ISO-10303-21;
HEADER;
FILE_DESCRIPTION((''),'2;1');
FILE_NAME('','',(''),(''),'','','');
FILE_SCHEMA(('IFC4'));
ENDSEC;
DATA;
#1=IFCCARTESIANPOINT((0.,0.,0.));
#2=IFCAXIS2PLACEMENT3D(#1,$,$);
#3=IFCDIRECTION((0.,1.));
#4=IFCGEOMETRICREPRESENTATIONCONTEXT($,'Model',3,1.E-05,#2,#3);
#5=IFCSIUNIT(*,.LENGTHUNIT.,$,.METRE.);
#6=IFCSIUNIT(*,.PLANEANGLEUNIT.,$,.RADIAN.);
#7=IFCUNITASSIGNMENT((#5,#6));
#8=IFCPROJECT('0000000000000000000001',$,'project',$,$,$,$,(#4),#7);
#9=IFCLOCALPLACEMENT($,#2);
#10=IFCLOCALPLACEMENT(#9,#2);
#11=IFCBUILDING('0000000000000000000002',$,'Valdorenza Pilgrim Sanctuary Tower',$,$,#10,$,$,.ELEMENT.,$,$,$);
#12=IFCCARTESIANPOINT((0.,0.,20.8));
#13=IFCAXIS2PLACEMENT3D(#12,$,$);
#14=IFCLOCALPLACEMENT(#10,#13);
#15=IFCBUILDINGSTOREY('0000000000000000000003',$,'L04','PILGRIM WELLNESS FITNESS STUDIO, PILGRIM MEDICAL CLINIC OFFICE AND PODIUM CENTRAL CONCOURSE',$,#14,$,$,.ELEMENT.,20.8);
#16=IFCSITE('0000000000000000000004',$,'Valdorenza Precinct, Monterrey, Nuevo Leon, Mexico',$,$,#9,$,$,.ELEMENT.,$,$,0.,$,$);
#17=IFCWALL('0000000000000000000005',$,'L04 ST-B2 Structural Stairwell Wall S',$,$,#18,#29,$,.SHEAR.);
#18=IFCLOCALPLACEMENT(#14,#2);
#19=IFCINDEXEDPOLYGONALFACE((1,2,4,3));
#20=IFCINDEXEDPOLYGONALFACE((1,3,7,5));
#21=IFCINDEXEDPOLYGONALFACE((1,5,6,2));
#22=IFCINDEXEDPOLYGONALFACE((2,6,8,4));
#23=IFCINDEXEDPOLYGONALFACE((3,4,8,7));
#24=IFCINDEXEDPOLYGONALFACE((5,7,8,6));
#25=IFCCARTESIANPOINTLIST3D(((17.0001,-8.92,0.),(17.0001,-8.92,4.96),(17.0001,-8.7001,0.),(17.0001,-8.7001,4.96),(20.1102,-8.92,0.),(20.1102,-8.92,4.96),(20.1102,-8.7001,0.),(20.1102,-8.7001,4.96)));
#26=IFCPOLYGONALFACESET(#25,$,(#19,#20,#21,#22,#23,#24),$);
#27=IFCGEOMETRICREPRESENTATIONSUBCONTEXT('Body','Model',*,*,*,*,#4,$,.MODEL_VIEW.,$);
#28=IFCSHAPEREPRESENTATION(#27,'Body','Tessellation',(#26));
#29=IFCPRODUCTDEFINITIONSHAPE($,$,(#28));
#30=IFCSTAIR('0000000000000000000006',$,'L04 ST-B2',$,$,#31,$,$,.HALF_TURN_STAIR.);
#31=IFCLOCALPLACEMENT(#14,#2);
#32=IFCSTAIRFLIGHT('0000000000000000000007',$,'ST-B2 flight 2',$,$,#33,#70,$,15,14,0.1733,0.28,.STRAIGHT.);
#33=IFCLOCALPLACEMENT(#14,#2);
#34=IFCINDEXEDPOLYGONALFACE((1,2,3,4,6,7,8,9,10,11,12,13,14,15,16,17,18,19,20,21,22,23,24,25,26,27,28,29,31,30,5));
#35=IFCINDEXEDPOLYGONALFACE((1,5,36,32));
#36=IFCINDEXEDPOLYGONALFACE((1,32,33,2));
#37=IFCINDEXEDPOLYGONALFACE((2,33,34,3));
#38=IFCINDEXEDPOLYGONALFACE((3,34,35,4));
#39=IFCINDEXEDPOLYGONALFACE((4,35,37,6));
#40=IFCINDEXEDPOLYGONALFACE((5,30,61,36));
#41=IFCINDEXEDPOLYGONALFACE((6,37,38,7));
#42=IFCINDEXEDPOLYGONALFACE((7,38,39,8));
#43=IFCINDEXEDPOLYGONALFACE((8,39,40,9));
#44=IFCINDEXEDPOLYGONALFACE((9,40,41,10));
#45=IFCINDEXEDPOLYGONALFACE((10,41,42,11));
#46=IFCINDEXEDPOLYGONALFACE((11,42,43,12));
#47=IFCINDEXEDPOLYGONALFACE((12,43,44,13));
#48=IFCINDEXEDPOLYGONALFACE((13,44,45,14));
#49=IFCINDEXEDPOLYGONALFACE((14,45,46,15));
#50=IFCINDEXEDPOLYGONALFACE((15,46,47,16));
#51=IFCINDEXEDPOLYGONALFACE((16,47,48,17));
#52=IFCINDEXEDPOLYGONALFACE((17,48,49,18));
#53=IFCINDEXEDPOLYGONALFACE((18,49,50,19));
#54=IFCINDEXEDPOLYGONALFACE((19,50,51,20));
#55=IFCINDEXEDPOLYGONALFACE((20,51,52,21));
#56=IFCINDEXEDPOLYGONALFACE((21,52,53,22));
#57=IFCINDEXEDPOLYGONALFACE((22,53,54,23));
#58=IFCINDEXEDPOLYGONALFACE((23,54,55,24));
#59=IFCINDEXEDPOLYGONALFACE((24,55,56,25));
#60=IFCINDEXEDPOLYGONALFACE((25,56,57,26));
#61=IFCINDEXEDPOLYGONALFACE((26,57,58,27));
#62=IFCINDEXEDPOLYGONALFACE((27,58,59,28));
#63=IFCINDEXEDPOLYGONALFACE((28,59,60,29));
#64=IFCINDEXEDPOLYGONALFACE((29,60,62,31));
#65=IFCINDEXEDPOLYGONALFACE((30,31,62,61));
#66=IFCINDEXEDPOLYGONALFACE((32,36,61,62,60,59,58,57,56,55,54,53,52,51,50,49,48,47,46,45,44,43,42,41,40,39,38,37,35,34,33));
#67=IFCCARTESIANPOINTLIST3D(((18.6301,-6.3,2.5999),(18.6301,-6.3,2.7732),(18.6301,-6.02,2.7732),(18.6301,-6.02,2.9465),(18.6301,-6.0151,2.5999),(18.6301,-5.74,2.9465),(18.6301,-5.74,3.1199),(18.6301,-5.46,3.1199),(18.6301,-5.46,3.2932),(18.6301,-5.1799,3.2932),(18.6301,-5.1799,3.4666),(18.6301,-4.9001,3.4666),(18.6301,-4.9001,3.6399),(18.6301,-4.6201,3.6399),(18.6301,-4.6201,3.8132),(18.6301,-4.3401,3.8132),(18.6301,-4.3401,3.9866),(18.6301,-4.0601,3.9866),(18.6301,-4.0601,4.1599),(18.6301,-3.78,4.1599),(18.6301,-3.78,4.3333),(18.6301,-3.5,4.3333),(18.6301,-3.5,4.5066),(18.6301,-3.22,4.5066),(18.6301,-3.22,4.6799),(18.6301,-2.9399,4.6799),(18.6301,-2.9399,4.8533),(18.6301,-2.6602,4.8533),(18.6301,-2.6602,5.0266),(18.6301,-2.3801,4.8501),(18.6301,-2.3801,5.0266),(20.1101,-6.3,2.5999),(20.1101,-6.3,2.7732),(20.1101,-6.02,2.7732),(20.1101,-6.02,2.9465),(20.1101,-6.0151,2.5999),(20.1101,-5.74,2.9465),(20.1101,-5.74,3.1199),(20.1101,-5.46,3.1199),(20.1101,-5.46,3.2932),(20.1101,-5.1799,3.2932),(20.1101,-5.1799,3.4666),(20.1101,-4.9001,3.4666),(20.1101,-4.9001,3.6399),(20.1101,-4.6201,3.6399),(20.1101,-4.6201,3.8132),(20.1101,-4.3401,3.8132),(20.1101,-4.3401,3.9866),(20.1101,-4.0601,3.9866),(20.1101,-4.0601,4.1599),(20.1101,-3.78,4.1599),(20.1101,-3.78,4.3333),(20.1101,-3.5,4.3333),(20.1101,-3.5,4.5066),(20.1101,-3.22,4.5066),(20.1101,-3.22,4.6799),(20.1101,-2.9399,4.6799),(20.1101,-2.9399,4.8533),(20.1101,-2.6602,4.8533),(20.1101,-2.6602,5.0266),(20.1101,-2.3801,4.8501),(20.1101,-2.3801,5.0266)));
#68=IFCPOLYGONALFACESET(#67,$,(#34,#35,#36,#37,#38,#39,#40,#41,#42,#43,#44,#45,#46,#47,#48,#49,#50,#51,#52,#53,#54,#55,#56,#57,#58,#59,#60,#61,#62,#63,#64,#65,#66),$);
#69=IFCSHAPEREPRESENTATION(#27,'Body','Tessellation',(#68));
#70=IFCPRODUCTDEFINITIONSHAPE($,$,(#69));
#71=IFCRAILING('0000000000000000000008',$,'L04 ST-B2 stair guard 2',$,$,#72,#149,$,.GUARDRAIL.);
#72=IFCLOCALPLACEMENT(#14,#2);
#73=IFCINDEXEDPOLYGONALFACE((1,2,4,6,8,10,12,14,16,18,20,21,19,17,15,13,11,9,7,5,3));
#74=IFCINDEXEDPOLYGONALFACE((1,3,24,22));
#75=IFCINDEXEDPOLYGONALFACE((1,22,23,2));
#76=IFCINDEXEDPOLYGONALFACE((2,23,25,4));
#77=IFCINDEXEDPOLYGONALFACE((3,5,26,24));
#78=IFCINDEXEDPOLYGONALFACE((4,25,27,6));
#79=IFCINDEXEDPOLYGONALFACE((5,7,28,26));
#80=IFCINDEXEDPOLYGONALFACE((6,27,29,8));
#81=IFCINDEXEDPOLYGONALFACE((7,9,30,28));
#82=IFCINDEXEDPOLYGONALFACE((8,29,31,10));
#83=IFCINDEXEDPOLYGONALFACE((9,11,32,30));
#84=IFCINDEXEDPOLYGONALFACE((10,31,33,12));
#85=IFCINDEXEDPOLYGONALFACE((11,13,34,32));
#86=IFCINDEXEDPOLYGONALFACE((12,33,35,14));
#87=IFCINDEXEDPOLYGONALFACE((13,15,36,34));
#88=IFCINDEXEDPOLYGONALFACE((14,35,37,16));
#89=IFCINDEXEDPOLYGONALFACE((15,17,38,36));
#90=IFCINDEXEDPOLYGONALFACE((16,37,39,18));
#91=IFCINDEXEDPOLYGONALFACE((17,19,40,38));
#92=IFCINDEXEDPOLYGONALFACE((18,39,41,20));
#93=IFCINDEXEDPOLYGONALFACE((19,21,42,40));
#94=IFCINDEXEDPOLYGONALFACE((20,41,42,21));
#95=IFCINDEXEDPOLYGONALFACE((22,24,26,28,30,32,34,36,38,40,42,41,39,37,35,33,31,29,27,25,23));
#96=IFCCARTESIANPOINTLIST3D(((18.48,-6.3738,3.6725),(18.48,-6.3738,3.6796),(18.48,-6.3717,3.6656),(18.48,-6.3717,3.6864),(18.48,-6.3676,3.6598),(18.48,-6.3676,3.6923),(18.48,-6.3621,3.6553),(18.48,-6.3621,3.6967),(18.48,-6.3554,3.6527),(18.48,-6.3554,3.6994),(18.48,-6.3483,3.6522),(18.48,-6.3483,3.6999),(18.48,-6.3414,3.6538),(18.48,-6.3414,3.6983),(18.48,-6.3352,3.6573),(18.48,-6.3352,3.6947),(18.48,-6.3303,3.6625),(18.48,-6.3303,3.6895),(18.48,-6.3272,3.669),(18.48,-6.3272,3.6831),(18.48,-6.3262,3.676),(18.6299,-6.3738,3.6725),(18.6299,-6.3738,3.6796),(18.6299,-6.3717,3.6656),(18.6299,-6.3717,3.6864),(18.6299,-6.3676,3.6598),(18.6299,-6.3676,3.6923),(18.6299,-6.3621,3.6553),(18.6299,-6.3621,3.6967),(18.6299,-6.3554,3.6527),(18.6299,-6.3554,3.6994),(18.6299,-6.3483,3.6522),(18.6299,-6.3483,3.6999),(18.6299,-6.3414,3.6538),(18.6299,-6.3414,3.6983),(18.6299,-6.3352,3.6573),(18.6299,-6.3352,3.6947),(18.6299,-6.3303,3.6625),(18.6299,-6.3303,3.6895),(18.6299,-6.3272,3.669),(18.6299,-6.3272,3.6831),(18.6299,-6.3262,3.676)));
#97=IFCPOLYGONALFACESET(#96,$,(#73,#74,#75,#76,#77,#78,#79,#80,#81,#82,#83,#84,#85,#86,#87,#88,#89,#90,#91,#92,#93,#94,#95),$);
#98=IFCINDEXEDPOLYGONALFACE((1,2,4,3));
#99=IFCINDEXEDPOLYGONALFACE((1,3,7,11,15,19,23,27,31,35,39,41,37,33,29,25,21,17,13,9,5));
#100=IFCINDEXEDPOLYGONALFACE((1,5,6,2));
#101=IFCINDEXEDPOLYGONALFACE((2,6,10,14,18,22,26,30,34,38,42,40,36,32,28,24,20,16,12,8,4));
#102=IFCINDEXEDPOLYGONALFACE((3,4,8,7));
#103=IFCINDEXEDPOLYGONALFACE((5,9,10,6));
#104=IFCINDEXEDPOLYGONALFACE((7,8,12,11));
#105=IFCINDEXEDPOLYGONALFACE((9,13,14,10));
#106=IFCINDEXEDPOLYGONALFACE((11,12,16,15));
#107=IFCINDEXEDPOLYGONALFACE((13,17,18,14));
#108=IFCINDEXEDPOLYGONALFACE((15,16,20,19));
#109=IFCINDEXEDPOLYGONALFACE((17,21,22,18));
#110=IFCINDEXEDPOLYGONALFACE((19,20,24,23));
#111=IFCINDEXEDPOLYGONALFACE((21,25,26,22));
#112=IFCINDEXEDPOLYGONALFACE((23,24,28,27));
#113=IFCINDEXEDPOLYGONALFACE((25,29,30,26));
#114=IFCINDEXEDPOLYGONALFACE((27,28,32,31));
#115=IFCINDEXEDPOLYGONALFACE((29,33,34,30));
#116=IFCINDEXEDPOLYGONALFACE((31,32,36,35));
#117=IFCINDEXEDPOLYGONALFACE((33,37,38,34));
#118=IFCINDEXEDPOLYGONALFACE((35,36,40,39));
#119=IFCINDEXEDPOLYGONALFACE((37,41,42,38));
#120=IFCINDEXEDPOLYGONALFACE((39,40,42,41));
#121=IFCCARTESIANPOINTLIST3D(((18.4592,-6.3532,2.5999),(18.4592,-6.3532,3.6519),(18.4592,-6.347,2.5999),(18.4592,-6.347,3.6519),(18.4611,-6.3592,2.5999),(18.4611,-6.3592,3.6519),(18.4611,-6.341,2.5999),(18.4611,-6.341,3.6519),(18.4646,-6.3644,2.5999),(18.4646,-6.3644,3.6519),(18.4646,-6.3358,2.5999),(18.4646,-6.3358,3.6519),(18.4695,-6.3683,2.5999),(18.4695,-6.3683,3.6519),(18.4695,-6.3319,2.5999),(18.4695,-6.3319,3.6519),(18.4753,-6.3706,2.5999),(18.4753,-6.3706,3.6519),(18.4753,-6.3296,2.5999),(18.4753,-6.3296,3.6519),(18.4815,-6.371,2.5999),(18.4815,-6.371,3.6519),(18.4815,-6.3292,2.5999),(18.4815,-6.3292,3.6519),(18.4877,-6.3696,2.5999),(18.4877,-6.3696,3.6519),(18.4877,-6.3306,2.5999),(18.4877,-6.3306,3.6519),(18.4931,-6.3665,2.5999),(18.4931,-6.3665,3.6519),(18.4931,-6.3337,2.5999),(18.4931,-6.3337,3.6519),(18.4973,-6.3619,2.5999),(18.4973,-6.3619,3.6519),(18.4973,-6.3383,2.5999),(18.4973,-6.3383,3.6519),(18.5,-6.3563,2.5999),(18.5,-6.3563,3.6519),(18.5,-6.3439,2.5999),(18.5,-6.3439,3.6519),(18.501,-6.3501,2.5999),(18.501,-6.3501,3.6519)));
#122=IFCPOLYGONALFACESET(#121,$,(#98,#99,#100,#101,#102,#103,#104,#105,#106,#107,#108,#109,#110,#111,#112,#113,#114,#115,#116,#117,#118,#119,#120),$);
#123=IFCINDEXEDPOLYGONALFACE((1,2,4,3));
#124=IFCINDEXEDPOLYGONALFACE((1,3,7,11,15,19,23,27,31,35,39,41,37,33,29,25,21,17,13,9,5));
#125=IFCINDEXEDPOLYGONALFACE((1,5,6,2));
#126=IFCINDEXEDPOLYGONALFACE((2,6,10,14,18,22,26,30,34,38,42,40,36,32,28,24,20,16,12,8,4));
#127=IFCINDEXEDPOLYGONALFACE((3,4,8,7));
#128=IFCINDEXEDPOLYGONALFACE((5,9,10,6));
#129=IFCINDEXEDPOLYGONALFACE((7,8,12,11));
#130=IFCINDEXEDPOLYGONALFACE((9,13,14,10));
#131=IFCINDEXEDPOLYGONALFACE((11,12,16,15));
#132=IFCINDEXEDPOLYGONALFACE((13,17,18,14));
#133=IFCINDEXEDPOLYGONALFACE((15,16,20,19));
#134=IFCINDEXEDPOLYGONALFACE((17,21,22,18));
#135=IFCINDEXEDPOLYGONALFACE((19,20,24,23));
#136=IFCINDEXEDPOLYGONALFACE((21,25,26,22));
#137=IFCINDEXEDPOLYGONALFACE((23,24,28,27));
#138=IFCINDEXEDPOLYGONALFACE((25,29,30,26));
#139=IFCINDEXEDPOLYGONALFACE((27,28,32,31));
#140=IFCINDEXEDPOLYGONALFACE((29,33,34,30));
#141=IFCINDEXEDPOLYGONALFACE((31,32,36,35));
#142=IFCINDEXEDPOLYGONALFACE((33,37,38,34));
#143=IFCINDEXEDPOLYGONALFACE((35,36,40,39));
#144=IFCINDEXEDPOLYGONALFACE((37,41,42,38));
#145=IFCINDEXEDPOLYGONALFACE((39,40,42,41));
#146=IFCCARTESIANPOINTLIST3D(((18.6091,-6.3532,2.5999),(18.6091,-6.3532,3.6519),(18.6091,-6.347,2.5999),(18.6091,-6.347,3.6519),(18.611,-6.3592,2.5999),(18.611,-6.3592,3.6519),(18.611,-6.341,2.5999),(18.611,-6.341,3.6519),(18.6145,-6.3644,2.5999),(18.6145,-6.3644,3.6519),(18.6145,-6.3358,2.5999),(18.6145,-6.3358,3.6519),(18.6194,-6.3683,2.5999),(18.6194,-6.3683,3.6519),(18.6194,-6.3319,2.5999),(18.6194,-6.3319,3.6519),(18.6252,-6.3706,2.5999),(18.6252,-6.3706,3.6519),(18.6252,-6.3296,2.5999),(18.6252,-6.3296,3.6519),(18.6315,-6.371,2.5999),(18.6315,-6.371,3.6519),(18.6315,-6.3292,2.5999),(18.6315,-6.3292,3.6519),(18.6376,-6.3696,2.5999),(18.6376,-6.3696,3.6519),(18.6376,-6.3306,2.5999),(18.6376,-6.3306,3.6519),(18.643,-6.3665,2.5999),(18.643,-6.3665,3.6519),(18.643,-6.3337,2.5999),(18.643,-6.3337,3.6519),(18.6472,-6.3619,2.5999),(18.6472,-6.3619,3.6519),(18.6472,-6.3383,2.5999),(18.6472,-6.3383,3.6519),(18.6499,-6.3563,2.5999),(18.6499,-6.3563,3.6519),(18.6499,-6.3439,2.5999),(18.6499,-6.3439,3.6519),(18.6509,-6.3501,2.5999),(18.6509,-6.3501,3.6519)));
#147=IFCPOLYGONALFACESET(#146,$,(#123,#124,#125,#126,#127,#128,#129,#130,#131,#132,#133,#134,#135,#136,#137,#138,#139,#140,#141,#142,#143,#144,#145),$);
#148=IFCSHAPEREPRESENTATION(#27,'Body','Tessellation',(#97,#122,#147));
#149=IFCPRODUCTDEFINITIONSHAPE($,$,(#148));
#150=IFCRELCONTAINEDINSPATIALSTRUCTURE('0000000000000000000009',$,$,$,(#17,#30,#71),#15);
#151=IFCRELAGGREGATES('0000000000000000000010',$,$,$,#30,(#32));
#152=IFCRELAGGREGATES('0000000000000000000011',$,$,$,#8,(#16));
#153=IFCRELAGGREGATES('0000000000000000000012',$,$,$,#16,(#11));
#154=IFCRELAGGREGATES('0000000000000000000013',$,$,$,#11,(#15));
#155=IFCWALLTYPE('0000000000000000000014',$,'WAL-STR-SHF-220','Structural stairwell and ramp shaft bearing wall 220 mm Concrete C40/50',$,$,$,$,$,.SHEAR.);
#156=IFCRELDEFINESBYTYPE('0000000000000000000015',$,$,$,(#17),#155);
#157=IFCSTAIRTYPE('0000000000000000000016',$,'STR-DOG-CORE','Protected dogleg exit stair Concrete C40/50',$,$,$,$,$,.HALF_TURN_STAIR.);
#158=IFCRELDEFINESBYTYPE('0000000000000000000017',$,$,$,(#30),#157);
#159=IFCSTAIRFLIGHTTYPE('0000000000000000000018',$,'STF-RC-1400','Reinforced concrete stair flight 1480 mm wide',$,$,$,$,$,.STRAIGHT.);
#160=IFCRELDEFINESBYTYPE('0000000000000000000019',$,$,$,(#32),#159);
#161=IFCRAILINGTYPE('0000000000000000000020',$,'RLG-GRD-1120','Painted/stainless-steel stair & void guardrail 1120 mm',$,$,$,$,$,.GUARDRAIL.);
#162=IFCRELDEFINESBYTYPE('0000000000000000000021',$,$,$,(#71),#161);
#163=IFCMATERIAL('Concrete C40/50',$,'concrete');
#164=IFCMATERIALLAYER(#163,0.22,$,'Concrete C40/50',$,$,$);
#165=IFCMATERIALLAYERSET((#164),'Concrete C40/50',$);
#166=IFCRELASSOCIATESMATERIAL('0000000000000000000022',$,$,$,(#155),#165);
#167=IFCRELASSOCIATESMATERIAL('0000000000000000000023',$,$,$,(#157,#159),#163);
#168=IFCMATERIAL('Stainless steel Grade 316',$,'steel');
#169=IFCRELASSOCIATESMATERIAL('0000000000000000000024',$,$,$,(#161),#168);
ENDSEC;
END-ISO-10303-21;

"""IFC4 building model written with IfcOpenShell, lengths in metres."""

from ifc_helpers import new_model, si_unit, direction, frame, frame_2d, origin, origin_2d, place, context, subcontext, project, spatial, polyline, rectangle, circle, outline, extrude, material, layer, layer_set, type_object, element, aggregate, save


model = new_model("IFC4")

# Units and contexts
model_context = context("Model", 3, precision=1e-05, world=origin(), true_north=direction((0.0, 1.0)))
body_context = subcontext(model_context, "Body", "Model", "MODEL_VIEW")
ifc_project = project(units=[si_unit("LENGTHUNIT", "METRE"), si_unit("PLANEANGLEUNIT", "RADIAN")], contexts=[model_context])

# Site, building, storey
site_placement = place(None, origin())
site = spatial("IfcSite", under=ifc_project, at=site_placement, Name="Valdorenza Precinct, Monterrey, Nuevo Leon, Mexico", CompositionType="ELEMENT", RefElevation=0.0)
building_placement = place(site_placement, origin())
building = spatial("IfcBuilding", under=site, at=building_placement, Name="Valdorenza Pilgrim Sanctuary Tower", CompositionType="ELEMENT")
storey_placement = place(building_placement, frame((0.0, 0.0, 20.8)))
storey = spatial("IfcBuildingStorey", under=building, at=storey_placement, Name="L04", Description="PILGRIM WELLNESS FITNESS STUDIO, PILGRIM MEDICAL CLINIC OFFICE AND PODIUM CENTRAL CONCOURSE", CompositionType="ELEMENT", Elevation=20.8)

# Wall
ifc_material_1 = material(Name="Concrete C40/50", Category="concrete")
ifc_layer_1 = layer(ifc_material_1, 0.22, Name="Concrete C40/50")
ifc_layer_set_1 = layer_set([ifc_layer_1], Name="Concrete C40/50")
wall_type_1 = type_object("IfcWallType", Name="WAL-STR-SHF-220", Description="Structural stairwell and ramp shaft bearing wall 220 mm Concrete C40/50", PredefinedType="SHEAR", material=ifc_layer_set_1)
wall_1_placement = place(storey_placement, frame((17.0, -8.8101, 0.0), z_axis=(0.0, 0.0, 1.0), x_axis=(1.0, 0.0, 0.0)))
element("IfcWall", 1, at=wall_1_placement, inside=storey, type_object=wall_type_1, Name="L04 ST-B2 Structural Stairwell Wall S", PredefinedType="SHEAR", context=body_context, shape_type="SweptSolid", body=[
    extrude(rectangle(XDim=3.1101, YDim=0.22, at=frame_2d((1.5552, 0.0))), origin(), (0.0, 0.0, 1.0), 4.96),
])

# Stair, stair flight
stair_type = type_object("IfcStairType", Name="STR-DOG-CORE", Description="Protected dogleg exit stair Concrete C40/50", PredefinedType="HALF_TURN_STAIR", material=ifc_material_1)
stair_placement = place(storey_placement, origin())
stair = element("IfcStair", 2, at=stair_placement, inside=storey, type_object=stair_type, Name="L04 ST-B2", PredefinedType="HALF_TURN_STAIR")
stair_flight_type = type_object("IfcStairFlightType", Name="STF-RC-1400", Description="Reinforced concrete stair flight 1480 mm wide", PredefinedType="STRAIGHT", material=ifc_material_1)
stair_flight_placement = place(storey_placement, frame((19.3701, -6.3, 2.5999), z_axis=(0.0, 0.0, 1.0), x_axis=(0.0, 1.0, 0.0)))
stair_flight = element("IfcStairFlight", 3, at=stair_flight_placement, type_object=stair_flight_type, Name="ST-B2 flight 2", NumberOfRisers=15, NumberOfTreads=14, PredefinedType="STRAIGHT", RiserHeight=0.1733, TreadLength=0.28, context=body_context, shape_type="SweptSolid", body=[
    extrude(outline(polyline([(0.0, 0.0), (0.0, 0.1733), (0.28, 0.1733), (0.28, 0.3467), (0.5601, 0.3467), (0.5601, 0.52), (0.8401, 0.52), (0.8401, 0.6934), (1.1201, 0.6934), (1.1201, 0.8667), (1.3999, 0.8667), (1.3999, 1.04), (1.6799, 1.04), (1.6799, 1.2134), (1.96, 1.2134), (1.96, 1.3867), (2.24, 1.3867), (2.24, 1.5601), (2.52, 1.5601), (2.52, 1.7334), (2.8, 1.7334), (2.8, 1.9067), (3.0801, 1.9067), (3.0801, 2.0801), (3.3601, 2.0801), (3.3601, 2.2534), (3.6399, 2.2534), (3.6399, 2.4268), (3.9199, 2.4268), (3.9199, 2.6001), (3.9199, 2.2502), (0.2849, 0.0), (0.0, 0.0)])), frame((0.0, 0.74, 0.0), z_axis=(0.0, -1.0, 0.0), x_axis=(1.0, 0.0, 0.0)), (0.0, 0.0, 1.0), 1.48),
])
aggregate(stair, [stair_flight])

# Railing
ifc_material_2 = material(Name="Stainless steel Grade 316", Category="steel")
railing_type_1 = type_object("IfcRailingType", Name="RLG-GRD-1120", Description="Painted/stainless-steel stair & void guardrail 1120 mm", PredefinedType="GUARDRAIL", material=ifc_material_2)
railing_1_placement = place(storey_placement, frame((18.48, -6.3501, 2.5999)))
element("IfcRailing", 4, at=railing_1_placement, inside=storey, type_object=railing_type_1, Name="L04 ST-B2 stair guard 2", PredefinedType="GUARDRAIL", context=body_context, shape_type="SweptSolid", body=[
    extrude(circle(Radius=0.0239, at=origin_2d()), frame((0.0, 0.0, 1.0762), z_axis=(1.0, 0.0, 0.0), x_axis=(0.0, 1.0, 0.0)), (0.0, 0.0, 1.0), 0.1499),
    extrude(circle(Radius=0.021, at=origin_2d()), origin(), (0.0, 0.0, 1.0), 1.052),
    extrude(circle(Radius=0.021, at=origin_2d()), frame((0.1499, 0.0, 0.0)), (0.0, 0.0, 1.0), 1.052),
])

save(model, "model.ifc")
